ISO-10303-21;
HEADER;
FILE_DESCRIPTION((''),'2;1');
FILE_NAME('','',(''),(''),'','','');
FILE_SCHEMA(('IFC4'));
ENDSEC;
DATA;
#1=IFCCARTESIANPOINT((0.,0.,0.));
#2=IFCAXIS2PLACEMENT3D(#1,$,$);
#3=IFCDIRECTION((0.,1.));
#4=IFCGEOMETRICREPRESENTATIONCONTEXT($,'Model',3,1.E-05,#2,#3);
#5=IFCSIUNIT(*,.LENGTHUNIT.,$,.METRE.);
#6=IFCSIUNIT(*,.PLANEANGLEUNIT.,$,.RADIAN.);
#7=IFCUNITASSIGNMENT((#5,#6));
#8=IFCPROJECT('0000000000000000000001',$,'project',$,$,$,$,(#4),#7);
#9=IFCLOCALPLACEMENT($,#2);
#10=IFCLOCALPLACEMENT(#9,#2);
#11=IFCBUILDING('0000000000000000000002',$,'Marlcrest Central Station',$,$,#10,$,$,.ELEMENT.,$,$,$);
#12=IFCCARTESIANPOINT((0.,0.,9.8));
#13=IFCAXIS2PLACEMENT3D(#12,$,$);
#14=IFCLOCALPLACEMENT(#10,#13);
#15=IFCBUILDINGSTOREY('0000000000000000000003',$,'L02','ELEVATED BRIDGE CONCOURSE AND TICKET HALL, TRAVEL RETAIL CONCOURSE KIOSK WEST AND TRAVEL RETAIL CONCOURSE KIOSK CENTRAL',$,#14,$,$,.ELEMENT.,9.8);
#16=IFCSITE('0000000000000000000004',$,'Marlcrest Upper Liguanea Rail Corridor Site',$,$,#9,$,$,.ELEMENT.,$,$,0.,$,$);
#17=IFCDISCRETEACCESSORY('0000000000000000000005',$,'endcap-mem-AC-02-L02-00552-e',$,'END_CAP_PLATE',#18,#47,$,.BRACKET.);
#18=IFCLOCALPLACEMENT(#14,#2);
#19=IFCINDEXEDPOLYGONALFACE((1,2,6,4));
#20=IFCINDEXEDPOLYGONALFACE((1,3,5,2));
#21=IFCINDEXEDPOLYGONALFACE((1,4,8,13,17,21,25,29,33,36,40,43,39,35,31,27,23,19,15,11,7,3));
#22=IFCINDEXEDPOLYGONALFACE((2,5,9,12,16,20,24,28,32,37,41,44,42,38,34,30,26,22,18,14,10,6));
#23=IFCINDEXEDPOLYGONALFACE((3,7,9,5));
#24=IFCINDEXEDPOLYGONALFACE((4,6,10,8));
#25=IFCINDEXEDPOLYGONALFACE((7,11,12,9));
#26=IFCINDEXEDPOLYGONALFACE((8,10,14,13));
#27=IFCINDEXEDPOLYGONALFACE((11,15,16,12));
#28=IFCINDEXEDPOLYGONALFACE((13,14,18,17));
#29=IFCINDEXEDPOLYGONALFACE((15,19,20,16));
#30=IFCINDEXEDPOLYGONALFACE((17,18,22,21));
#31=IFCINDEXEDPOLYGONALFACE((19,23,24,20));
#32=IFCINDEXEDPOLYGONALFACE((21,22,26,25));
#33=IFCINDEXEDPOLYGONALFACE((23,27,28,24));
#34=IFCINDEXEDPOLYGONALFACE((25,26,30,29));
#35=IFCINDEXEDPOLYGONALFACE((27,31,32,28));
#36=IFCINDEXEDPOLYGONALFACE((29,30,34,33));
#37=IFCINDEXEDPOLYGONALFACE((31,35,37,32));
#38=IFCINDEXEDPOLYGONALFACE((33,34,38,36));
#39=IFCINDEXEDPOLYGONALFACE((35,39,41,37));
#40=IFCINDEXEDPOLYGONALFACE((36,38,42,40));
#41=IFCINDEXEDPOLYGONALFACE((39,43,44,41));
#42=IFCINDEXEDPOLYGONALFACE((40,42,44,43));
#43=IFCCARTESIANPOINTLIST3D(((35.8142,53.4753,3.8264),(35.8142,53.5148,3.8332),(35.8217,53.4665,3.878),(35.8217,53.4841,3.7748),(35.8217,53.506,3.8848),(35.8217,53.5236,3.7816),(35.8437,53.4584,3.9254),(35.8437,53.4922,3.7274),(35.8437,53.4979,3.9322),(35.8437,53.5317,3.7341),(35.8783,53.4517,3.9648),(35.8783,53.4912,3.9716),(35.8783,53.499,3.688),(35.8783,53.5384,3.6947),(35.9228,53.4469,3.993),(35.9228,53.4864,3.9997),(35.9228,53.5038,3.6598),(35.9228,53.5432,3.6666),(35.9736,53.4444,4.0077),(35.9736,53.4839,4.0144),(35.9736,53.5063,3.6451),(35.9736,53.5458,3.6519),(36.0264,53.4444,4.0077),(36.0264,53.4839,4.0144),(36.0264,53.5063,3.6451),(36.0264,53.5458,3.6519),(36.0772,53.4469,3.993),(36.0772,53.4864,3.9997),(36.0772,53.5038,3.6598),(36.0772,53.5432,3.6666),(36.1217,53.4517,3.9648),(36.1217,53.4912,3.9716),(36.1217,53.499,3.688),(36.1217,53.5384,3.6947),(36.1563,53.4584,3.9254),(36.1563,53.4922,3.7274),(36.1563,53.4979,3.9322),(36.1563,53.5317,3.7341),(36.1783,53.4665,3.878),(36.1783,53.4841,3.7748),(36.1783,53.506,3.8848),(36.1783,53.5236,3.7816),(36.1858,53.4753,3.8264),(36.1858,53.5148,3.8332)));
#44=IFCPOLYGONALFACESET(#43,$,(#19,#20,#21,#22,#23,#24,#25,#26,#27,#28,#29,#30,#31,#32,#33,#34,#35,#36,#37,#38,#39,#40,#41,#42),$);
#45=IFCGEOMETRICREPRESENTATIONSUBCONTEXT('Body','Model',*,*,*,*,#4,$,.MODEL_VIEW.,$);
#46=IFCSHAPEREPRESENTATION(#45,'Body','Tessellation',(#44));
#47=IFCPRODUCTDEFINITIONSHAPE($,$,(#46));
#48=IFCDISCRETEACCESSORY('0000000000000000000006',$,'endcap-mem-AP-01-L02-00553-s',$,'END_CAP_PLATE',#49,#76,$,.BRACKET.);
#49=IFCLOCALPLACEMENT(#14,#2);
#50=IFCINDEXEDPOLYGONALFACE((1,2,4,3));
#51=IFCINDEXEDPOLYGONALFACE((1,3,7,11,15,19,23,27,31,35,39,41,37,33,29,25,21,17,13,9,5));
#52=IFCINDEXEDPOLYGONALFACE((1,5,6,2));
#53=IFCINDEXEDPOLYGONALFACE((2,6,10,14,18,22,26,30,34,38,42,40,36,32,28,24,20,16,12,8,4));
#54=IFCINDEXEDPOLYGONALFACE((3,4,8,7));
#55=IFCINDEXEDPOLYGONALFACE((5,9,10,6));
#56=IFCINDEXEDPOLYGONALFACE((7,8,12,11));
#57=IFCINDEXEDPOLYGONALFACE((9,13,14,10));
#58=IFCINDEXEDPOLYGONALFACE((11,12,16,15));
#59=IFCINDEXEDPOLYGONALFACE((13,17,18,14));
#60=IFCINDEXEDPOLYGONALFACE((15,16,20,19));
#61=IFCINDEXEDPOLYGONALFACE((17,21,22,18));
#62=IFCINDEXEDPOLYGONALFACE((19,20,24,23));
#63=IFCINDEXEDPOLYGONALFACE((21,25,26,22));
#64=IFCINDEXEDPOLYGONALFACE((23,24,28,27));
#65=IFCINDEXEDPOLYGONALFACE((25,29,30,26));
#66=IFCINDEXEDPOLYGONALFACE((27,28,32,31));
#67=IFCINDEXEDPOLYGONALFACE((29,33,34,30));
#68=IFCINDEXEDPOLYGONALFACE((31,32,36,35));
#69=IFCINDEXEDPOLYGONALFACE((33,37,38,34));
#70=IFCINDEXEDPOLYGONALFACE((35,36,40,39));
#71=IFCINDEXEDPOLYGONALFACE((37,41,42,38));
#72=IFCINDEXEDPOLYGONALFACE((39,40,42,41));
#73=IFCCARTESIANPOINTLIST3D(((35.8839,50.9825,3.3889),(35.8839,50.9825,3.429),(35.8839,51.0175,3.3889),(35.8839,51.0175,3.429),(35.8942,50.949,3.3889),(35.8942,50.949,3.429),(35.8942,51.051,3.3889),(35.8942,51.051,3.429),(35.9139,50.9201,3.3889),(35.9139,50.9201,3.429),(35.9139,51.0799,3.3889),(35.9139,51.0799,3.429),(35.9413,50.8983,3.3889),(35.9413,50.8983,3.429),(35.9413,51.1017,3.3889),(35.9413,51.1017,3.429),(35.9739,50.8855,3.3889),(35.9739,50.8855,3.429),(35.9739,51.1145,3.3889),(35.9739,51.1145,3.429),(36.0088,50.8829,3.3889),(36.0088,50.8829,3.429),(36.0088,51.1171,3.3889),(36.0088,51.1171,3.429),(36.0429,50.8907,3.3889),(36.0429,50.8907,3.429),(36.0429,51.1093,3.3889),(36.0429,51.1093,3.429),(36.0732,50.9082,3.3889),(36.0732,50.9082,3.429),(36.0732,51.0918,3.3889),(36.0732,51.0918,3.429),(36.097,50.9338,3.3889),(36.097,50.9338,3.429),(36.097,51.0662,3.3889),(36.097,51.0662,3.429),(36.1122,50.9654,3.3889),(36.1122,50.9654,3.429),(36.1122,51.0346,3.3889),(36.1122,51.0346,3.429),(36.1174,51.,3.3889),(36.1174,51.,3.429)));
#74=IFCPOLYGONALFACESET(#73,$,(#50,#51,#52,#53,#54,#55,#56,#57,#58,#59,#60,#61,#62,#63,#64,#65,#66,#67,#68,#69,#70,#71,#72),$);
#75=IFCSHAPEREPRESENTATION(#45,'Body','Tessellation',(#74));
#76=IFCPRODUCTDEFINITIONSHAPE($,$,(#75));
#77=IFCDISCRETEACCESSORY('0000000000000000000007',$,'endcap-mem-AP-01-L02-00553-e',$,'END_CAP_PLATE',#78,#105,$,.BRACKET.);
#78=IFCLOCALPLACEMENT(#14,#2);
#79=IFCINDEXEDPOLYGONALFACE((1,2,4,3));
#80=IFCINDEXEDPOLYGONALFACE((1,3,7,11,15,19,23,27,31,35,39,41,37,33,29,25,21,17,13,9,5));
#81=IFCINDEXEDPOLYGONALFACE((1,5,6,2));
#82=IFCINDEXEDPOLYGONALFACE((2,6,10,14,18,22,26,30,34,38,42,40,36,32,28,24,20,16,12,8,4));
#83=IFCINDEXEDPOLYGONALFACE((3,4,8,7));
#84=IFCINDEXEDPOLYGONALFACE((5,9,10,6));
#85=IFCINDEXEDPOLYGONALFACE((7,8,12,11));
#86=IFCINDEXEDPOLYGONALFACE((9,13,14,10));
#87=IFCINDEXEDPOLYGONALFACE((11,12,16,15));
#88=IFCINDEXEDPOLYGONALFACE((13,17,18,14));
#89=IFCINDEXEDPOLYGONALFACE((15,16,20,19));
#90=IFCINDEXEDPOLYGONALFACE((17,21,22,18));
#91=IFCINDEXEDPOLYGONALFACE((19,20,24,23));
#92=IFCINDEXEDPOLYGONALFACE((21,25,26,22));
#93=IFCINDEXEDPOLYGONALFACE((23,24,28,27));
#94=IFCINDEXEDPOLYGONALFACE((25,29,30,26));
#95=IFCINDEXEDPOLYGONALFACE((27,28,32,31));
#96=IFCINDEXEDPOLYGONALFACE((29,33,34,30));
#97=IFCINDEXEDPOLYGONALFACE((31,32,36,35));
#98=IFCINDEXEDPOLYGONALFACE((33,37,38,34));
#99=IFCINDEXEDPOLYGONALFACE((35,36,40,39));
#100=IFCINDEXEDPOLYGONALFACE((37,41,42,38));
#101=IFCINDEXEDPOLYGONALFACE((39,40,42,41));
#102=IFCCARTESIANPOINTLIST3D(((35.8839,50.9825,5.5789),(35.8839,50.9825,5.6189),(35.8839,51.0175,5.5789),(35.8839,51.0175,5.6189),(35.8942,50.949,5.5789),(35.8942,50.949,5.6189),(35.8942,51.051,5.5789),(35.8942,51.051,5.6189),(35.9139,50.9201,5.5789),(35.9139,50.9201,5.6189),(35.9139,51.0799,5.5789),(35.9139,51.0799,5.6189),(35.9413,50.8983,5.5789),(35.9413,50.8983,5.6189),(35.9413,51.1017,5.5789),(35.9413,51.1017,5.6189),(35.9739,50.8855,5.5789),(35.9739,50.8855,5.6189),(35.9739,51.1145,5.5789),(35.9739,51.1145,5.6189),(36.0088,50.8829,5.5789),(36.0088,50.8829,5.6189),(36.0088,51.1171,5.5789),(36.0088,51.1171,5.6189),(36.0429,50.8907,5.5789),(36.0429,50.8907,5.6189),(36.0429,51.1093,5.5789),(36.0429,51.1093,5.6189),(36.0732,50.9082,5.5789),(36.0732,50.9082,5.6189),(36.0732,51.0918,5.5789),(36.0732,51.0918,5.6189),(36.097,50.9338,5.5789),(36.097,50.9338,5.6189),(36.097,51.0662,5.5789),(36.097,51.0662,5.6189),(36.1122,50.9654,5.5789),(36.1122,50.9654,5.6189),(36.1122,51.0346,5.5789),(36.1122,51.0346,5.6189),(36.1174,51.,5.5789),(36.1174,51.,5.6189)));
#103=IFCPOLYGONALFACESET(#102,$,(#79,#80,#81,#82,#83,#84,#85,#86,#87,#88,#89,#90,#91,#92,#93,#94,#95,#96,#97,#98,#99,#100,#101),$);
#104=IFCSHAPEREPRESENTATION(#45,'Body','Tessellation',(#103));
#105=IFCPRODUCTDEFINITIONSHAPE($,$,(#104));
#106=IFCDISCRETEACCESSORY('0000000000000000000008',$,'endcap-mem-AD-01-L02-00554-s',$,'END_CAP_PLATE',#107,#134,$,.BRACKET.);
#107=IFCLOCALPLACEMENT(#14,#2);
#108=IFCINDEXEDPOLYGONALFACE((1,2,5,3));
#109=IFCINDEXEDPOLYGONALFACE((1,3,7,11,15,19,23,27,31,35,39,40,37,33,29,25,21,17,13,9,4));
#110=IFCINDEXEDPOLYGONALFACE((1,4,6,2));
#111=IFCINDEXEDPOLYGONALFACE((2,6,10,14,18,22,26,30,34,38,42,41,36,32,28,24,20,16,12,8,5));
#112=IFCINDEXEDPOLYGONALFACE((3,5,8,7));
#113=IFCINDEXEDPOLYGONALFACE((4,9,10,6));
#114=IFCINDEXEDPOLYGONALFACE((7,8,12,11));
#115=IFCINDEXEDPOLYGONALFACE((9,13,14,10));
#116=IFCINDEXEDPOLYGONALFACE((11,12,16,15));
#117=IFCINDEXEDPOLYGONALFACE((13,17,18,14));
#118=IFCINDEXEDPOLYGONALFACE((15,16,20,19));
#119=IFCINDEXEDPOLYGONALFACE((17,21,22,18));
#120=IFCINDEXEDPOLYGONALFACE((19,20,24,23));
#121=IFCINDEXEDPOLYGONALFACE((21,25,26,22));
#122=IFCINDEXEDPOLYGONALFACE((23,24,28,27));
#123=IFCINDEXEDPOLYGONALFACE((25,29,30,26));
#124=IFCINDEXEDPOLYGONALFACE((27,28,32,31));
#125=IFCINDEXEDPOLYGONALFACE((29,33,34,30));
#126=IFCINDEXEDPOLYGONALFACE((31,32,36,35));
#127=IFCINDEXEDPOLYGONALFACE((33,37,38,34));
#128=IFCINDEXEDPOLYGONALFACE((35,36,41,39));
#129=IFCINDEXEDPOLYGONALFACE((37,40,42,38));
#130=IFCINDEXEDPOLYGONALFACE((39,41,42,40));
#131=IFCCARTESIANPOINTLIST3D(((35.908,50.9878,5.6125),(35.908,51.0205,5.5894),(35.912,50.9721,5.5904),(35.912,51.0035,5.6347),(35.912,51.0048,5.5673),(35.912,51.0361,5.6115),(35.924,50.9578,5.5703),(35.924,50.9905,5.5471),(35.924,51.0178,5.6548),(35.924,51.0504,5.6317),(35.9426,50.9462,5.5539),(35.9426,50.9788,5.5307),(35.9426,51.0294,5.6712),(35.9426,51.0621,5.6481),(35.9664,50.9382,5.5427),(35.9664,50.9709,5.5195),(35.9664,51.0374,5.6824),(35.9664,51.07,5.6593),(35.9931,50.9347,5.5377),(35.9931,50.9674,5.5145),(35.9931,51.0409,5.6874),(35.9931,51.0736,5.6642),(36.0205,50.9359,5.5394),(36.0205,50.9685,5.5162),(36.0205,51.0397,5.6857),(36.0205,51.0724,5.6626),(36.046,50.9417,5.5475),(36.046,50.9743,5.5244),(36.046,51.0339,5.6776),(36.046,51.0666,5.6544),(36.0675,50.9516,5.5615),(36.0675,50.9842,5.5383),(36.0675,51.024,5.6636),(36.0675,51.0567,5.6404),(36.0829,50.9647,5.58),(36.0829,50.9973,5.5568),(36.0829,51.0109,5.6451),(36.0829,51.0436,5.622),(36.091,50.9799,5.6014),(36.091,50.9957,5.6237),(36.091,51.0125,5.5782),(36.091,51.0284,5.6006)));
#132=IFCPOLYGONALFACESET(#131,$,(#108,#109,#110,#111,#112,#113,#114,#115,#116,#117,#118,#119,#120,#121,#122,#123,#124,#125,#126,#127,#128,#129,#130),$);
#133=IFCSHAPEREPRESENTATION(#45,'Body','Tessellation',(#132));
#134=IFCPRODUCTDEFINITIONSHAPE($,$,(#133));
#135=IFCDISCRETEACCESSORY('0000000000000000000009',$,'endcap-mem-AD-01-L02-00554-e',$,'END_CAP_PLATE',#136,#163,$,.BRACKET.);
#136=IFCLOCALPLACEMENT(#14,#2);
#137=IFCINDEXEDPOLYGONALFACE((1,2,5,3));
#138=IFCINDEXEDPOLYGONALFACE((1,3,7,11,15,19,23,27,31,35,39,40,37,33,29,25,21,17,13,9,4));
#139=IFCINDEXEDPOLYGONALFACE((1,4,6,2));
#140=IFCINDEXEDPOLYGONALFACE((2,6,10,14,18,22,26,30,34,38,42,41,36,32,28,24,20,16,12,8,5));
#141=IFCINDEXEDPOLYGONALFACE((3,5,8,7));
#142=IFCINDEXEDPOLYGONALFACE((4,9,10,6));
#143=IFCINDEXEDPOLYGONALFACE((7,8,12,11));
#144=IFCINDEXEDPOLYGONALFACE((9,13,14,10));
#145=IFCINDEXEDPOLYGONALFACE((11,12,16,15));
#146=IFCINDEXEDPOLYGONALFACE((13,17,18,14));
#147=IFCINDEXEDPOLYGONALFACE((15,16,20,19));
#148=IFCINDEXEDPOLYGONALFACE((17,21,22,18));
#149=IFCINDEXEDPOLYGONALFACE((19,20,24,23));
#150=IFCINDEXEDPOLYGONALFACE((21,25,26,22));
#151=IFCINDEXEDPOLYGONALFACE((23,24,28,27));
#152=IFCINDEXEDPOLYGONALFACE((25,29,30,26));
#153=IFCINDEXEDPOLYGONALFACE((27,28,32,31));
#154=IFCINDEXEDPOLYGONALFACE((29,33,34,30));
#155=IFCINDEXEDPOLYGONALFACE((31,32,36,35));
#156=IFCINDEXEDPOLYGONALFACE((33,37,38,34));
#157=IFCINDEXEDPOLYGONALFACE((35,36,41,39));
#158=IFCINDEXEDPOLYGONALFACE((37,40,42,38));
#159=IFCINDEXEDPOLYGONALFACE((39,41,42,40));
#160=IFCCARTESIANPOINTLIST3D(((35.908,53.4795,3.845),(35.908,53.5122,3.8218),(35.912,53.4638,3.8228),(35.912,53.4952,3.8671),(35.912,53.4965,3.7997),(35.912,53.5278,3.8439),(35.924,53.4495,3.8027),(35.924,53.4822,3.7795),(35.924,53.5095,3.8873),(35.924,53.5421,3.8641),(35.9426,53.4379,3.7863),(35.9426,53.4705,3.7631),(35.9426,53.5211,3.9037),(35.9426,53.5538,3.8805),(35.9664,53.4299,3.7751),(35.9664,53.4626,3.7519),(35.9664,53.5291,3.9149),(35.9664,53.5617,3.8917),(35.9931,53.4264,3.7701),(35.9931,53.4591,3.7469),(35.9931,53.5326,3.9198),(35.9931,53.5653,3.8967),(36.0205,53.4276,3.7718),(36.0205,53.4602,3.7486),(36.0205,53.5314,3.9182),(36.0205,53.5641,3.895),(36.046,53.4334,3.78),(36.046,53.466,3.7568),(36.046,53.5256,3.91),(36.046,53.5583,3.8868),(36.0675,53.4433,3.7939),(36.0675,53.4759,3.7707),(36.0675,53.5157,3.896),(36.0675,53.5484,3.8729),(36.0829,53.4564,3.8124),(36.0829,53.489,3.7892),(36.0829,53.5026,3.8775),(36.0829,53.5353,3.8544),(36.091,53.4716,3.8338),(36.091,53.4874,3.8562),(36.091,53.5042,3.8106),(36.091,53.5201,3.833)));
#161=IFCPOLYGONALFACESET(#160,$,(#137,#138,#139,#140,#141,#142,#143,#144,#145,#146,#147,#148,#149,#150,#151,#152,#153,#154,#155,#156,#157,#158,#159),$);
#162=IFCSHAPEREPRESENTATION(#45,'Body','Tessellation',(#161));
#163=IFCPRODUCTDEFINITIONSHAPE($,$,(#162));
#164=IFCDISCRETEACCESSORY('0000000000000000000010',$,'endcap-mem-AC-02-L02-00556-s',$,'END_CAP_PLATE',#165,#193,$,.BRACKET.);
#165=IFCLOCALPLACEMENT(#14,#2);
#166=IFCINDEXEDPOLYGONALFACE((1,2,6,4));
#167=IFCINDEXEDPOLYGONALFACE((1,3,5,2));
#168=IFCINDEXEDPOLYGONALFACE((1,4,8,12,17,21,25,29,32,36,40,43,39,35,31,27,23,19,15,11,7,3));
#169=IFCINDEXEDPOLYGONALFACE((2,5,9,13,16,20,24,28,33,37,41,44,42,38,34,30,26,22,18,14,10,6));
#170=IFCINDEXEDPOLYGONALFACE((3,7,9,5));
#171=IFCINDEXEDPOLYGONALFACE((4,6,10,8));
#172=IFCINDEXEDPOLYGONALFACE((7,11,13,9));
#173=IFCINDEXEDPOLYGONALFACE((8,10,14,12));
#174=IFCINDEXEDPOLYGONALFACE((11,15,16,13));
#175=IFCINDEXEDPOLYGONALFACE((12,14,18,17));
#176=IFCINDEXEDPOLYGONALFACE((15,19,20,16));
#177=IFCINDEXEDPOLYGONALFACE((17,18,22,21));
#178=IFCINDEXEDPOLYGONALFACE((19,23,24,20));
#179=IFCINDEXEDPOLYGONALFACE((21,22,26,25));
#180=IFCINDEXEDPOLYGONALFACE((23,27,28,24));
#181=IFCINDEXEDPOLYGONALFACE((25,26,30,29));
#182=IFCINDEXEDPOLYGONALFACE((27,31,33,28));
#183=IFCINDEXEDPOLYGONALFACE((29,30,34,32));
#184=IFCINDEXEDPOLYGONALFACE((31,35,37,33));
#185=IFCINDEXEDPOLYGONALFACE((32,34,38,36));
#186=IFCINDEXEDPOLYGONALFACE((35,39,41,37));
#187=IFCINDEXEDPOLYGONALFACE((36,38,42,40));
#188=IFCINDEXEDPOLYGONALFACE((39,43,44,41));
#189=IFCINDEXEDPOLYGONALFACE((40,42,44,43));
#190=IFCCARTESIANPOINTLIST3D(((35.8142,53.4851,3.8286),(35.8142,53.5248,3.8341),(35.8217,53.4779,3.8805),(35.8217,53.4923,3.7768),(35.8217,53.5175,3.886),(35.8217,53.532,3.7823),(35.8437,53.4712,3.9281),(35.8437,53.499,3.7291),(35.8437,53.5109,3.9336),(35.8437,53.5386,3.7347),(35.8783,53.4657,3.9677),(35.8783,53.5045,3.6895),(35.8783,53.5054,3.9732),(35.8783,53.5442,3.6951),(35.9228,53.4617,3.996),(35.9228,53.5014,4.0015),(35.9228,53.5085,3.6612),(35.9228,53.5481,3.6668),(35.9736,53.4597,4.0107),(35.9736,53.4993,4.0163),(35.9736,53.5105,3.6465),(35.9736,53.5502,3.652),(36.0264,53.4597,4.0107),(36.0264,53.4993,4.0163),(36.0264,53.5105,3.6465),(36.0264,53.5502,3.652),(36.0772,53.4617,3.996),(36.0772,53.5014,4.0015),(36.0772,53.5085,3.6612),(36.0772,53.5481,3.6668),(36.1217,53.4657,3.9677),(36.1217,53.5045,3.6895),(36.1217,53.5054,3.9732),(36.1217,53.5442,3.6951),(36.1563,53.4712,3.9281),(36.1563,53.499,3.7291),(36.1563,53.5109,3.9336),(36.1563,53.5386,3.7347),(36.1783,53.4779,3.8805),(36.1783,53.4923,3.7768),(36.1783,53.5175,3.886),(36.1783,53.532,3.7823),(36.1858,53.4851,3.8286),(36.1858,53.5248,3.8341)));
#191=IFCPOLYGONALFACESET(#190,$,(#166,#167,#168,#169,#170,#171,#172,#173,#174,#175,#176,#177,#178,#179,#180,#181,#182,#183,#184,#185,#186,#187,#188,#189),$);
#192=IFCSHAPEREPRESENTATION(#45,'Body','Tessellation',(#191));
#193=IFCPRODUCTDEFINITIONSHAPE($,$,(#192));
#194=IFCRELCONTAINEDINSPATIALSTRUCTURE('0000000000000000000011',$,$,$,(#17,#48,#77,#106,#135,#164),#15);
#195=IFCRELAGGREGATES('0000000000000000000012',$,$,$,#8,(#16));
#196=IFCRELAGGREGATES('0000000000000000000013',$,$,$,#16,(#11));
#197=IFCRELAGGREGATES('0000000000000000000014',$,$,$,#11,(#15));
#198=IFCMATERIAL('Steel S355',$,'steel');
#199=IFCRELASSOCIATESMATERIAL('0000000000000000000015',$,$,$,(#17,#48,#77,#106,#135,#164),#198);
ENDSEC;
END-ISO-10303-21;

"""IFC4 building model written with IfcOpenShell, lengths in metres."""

from ifc_helpers import new_model, si_unit, direction, frame, origin, origin_2d, place, context, subcontext, project, spatial, circle, extrude, material, element, save


model = new_model("IFC4")

# Units and contexts
model_context = context("Model", 3, precision=1e-05, world=origin(), true_north=direction((0.0, 1.0)))
body_context = subcontext(model_context, "Body", "Model", "MODEL_VIEW")
ifc_project = project(units=[si_unit("LENGTHUNIT", "METRE"), si_unit("PLANEANGLEUNIT", "RADIAN")], contexts=[model_context])

# Site, building, storey
site_placement = place(None, origin())
site = spatial("IfcSite", under=ifc_project, at=site_placement, Name="Marlcrest Upper Liguanea Rail Corridor Site", CompositionType="ELEMENT", RefElevation=0.0)
building_placement = place(site_placement, origin())
building = spatial("IfcBuilding", under=site, at=building_placement, Name="Marlcrest Central Station", CompositionType="ELEMENT")
storey_placement = place(building_placement, frame((0.0, 0.0, 9.8)))
storey = spatial("IfcBuildingStorey", under=building, at=storey_placement, Name="L02", Description="ELEVATED BRIDGE CONCOURSE AND TICKET HALL, TRAVEL RETAIL CONCOURSE KIOSK WEST AND TRAVEL RETAIL CONCOURSE KIOSK CENTRAL", CompositionType="ELEMENT", Elevation=9.8)

# Shared definitions
ifc_material = material(Name="Steel S355", Category="steel")

# Discrete accessories
for number, where, z_axis, x_axis, name in (
    (1, (36.0, 53.4753, 3.8264), (0.0, 0.985741, 0.168269), (-1.0, 0.0, 0.0), "endcap-mem-AC-02-L02-00552-e"),
):
    element("IfcDiscreteAccessory", number, at=place(storey_placement, frame(where, z_axis=z_axis, x_axis=x_axis)), inside=storey, material=ifc_material, Name=name, ObjectType="END_CAP_PLATE", PredefinedType="BRACKET", context=body_context, shape_type="SweptSolid", body=[
        extrude(circle(Radius=0.1858, at=origin_2d()), origin(), (0.0, 0.0, 1.0), 0.04),
    ])
for number, where, z_axis, x_axis, name in (
    (2, (36.0, 51.0, 3.3889), (0.0, 0.0, 1.0), (1.0, 0.0, 0.0), "endcap-mem-AP-01-L02-00553-s"),
    (3, (36.0, 51.0, 5.5789), (0.0, 0.0, 1.0), (1.0, 0.0, 0.0), "endcap-mem-AP-01-L02-00553-e"),
):
    element("IfcDiscreteAccessory", number, at=place(storey_placement, frame(where, z_axis=z_axis, x_axis=x_axis)), inside=storey, material=ifc_material, Name=name, ObjectType="END_CAP_PLATE", PredefinedType="BRACKET", context=body_context, shape_type="SweptSolid", body=[
        extrude(circle(Radius=0.1174, at=origin_2d()), origin(), (0.0, 0.0, 1.0), 0.04),
    ])
for number, where, z_axis, x_axis, name in (
    (4, (36.0, 50.9878, 5.6125), (0.0, 0.815661, -0.57853), (-1.0, 0.0, 0.0), "endcap-mem-AD-01-L02-00554-s"),
    (5, (36.0, 53.4795, 3.845), (0.0, 0.815661, -0.57853), (-1.0, 0.0, 0.0), "endcap-mem-AD-01-L02-00554-e"),
):
    element("IfcDiscreteAccessory", number, at=place(storey_placement, frame(where, z_axis=z_axis, x_axis=x_axis)), inside=storey, material=ifc_material, Name=name, ObjectType="END_CAP_PLATE", PredefinedType="BRACKET", context=body_context, shape_type="SweptSolid", body=[
        extrude(circle(Radius=0.092, at=origin_2d()), origin(), (0.0, 0.0, 1.0), 0.04),
    ])
for number, where, z_axis, x_axis, name in (
    (6, (36.0, 53.4851, 3.8286), (0.0, 0.990403, 0.138211), (-1.0, 0.0, 0.0), "endcap-mem-AC-02-L02-00556-s"),
):
    element("IfcDiscreteAccessory", number, at=place(storey_placement, frame(where, z_axis=z_axis, x_axis=x_axis)), inside=storey, material=ifc_material, Name=name, ObjectType="END_CAP_PLATE", PredefinedType="BRACKET", context=body_context, shape_type="SweptSolid", body=[
        extrude(circle(Radius=0.1858, at=origin_2d()), origin(), (0.0, 0.0, 1.0), 0.04),
    ])

save(model, "model.ifc")
